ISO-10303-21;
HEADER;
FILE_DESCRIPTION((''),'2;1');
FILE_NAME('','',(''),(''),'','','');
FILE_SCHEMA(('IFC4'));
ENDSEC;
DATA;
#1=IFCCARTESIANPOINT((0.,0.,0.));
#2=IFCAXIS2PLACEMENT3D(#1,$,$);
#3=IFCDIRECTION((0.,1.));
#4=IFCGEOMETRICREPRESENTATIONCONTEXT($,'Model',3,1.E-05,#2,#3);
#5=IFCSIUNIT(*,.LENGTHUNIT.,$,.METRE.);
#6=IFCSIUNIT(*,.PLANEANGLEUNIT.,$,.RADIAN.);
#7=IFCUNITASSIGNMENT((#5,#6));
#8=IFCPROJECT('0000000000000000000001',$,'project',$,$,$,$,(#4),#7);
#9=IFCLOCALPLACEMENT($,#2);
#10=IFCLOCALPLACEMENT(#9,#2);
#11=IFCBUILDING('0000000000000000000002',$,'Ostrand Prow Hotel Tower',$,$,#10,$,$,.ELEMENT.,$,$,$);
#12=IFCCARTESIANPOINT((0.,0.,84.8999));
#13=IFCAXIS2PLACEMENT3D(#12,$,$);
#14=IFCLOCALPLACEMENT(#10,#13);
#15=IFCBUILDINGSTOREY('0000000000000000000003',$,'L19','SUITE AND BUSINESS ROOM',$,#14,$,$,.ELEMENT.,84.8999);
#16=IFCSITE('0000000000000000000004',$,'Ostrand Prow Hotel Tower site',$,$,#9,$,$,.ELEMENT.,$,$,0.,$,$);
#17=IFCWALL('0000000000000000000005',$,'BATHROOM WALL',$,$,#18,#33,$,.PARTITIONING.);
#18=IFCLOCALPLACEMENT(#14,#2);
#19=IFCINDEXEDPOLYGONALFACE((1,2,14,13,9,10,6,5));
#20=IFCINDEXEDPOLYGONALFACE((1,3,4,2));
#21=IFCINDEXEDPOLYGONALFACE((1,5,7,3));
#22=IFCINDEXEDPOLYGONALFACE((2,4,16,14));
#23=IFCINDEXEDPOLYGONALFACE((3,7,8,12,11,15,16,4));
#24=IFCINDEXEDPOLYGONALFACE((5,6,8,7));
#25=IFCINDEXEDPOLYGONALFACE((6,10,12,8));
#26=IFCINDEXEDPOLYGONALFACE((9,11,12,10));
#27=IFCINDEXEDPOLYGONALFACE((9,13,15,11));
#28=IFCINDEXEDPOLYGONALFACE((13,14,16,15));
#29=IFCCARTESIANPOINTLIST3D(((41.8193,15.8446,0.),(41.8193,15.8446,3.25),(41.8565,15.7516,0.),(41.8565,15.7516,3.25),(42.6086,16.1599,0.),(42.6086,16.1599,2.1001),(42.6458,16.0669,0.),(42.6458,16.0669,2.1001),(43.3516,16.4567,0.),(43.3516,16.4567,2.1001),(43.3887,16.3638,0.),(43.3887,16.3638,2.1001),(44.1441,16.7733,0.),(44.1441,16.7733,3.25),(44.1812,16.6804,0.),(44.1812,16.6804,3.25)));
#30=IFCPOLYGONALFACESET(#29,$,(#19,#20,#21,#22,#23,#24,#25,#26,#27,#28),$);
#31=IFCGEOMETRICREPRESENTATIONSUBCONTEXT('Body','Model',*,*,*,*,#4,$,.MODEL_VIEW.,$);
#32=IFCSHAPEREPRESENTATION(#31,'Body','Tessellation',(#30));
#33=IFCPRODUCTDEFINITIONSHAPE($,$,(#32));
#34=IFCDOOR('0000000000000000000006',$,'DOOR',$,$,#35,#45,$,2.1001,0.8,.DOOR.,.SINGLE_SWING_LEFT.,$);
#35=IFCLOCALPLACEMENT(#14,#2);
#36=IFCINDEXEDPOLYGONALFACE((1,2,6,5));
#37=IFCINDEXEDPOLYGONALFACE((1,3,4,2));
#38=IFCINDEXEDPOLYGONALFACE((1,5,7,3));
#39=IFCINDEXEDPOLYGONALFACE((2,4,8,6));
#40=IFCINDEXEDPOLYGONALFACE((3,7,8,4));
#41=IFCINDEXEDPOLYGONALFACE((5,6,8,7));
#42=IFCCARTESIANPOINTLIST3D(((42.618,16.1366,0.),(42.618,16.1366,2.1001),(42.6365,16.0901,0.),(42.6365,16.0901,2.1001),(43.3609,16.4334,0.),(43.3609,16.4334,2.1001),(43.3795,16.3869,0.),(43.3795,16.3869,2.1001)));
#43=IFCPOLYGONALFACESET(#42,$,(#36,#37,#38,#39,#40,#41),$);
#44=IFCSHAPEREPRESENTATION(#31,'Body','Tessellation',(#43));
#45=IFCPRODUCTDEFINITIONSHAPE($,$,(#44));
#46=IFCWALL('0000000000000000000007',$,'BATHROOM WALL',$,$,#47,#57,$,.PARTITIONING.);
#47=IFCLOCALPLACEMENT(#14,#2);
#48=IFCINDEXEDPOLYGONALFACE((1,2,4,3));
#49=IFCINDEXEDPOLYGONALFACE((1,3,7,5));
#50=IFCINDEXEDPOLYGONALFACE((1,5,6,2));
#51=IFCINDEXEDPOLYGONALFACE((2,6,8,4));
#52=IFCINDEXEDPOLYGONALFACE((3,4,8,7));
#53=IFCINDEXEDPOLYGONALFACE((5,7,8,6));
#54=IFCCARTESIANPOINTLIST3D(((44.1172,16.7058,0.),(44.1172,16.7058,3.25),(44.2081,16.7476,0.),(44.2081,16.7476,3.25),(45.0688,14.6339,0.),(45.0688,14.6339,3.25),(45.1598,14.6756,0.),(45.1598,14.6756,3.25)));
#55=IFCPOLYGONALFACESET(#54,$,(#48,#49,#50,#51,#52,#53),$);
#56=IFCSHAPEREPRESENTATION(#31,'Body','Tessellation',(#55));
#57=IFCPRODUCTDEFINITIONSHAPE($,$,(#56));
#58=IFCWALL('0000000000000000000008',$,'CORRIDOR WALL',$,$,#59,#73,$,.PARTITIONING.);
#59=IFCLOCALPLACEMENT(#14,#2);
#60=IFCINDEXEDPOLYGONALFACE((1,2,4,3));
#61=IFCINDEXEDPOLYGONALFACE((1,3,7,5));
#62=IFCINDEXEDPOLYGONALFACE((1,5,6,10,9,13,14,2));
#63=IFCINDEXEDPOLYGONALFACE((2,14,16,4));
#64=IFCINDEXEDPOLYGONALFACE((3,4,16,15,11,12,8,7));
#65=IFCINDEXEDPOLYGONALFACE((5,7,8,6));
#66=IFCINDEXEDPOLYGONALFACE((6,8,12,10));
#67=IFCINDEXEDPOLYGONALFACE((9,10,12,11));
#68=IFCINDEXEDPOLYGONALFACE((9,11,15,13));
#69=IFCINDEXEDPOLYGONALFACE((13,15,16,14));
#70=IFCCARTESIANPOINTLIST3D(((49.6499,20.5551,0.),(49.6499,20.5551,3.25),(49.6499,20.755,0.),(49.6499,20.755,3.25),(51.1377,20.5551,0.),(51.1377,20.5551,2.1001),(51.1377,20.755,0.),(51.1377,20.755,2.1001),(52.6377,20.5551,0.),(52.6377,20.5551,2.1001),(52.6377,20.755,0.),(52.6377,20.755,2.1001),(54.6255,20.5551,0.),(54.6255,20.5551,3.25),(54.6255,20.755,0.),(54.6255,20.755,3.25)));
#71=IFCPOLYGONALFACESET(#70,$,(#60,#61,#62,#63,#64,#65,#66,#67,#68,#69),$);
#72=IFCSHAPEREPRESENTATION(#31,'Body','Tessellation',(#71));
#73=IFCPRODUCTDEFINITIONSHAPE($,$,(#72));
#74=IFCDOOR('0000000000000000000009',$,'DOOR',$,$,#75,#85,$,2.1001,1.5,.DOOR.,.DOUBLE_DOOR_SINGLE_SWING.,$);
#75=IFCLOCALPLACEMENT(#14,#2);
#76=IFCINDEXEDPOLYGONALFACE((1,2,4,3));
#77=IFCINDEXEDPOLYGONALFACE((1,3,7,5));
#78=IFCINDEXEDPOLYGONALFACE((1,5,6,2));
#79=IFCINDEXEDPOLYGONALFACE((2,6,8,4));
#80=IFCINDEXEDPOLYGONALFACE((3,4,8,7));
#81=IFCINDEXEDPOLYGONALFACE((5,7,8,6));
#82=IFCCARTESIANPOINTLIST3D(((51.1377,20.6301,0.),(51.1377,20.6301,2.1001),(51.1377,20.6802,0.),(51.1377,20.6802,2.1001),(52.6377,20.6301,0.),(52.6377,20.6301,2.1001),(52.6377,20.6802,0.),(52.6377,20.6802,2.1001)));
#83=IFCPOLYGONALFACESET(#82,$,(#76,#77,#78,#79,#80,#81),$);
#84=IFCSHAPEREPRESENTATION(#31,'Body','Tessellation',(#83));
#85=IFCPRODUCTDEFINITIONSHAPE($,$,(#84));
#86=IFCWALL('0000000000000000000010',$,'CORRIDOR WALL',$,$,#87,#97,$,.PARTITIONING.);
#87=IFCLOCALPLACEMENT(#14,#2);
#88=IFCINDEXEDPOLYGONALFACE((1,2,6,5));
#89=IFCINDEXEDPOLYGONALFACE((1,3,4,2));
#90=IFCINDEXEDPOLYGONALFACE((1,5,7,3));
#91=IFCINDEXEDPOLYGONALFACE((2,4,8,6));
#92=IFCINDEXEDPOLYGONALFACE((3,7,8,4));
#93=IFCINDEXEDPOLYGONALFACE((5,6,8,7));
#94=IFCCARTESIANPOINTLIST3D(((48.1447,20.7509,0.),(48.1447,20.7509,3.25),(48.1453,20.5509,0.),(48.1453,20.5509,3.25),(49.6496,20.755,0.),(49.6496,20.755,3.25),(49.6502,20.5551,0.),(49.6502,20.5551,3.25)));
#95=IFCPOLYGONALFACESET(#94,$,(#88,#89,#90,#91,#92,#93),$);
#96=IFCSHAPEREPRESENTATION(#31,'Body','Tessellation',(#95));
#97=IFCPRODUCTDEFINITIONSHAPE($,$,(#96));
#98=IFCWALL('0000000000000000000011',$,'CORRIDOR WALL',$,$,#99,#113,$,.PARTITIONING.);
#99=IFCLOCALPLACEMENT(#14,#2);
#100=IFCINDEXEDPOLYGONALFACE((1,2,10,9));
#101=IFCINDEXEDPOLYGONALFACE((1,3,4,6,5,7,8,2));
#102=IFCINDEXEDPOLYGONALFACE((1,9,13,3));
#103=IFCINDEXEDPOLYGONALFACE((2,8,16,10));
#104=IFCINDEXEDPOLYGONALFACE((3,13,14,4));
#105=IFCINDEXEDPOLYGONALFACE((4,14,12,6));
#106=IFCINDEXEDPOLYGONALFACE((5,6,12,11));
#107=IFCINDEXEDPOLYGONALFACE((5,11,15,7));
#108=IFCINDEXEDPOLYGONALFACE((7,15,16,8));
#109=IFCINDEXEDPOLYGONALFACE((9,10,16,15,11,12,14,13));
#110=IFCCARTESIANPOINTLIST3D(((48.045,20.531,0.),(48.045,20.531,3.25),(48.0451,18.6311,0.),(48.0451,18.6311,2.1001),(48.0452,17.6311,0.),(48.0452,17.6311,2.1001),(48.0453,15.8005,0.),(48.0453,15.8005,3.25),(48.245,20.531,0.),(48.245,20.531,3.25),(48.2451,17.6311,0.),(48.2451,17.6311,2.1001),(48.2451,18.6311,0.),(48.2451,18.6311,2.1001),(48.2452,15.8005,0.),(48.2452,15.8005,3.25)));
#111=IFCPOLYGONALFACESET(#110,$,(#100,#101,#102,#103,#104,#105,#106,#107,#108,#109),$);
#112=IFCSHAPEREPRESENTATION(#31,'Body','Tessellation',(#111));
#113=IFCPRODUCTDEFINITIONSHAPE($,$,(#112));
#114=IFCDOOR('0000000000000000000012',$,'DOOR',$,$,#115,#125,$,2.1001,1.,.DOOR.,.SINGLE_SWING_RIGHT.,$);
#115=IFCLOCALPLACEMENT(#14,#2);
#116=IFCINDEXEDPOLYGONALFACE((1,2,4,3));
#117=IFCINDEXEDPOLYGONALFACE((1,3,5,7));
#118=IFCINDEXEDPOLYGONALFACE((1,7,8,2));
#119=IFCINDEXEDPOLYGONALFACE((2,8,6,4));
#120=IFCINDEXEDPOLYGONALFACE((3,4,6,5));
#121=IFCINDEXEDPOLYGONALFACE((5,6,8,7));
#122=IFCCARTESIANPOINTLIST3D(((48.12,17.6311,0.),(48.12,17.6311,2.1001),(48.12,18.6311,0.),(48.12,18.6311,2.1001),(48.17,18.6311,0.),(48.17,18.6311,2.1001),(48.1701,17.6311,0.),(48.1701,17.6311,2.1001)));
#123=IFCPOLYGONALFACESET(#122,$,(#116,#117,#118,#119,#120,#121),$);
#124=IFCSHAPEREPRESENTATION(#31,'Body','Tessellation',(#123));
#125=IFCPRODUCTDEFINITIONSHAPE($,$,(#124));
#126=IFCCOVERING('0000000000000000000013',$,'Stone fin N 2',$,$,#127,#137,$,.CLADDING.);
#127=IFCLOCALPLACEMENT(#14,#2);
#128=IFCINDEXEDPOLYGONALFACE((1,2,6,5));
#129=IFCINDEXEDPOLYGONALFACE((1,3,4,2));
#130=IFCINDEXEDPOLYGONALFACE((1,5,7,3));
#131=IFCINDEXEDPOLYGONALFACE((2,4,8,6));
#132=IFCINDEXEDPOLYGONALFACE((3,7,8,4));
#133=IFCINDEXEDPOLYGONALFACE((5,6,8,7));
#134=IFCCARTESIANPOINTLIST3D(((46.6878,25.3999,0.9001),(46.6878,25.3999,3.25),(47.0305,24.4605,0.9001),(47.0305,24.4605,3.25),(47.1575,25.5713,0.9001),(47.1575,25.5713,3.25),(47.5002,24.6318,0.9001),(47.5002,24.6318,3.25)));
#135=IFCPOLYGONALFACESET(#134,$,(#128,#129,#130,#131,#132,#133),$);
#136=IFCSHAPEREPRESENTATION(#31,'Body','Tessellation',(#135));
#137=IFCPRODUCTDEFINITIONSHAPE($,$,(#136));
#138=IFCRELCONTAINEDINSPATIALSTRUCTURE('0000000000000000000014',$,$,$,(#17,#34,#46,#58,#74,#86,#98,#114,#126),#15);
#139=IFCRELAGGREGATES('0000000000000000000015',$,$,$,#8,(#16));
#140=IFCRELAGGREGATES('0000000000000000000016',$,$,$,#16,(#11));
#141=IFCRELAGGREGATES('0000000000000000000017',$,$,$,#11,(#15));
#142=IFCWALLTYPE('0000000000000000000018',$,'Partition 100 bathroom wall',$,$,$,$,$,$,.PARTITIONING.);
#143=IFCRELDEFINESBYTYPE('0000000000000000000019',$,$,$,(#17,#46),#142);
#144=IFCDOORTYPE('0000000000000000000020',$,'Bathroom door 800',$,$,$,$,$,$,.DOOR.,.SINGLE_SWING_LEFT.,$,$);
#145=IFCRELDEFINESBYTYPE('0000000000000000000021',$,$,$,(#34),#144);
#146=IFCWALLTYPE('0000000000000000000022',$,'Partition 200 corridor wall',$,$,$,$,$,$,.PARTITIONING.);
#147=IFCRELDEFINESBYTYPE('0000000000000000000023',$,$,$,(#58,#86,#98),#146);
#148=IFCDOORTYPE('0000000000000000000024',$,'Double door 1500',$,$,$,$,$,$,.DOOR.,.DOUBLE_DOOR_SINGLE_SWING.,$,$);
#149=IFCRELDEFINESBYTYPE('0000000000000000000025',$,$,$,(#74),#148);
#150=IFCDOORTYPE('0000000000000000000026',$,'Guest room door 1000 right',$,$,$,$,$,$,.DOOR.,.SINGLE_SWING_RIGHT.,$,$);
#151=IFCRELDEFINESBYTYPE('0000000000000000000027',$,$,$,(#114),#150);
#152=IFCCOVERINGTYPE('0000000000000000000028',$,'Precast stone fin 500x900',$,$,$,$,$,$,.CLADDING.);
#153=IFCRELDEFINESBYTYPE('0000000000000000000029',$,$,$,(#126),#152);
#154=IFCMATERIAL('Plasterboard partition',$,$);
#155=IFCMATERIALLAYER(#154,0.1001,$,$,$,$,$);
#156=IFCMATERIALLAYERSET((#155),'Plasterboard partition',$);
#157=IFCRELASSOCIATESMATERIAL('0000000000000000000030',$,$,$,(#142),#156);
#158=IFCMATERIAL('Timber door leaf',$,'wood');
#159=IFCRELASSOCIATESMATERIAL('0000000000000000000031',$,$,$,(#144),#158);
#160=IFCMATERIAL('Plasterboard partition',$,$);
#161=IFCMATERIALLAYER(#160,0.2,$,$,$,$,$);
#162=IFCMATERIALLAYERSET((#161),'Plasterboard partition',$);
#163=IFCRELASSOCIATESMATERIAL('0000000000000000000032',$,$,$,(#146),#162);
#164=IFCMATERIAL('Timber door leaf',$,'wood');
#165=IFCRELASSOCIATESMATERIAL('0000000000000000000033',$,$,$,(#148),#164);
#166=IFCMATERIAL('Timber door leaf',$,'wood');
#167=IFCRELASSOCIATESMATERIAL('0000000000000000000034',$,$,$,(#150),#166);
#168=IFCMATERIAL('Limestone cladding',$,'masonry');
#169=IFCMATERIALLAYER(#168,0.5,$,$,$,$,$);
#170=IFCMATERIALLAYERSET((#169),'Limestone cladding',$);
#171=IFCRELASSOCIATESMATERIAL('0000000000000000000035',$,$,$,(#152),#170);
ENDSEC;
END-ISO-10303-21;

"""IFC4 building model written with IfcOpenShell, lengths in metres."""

from ifc_helpers import new_model, si_unit, direction, frame, frame_2d, origin, place, context, subcontext, project, spatial, rectangle, extrude, material, layer, layer_set, type_object, element, fill, save


model = new_model("IFC4")

# Units and contexts
model_context = context("Model", 3, precision=1e-05, world=origin(), true_north=direction((0.0, 1.0)))
body_context = subcontext(model_context, "Body", "Model", "MODEL_VIEW")
ifc_project = project(units=[si_unit("LENGTHUNIT", "METRE"), si_unit("PLANEANGLEUNIT", "RADIAN")], contexts=[model_context])

# Site, building, storey
site_placement = place(None, origin())
site = spatial("IfcSite", under=ifc_project, at=site_placement, Name="Ostrand Prow Hotel Tower site", CompositionType="ELEMENT", RefElevation=0.0)
building_placement = place(site_placement, origin())
building = spatial("IfcBuilding", under=site, at=building_placement, Name="Ostrand Prow Hotel Tower", CompositionType="ELEMENT")
storey_placement = place(building_placement, frame((0.0, 0.0, 84.8999)))
storey = spatial("IfcBuildingStorey", under=building, at=storey_placement, Name="L19", Description="SUITE AND BUSINESS ROOM", CompositionType="ELEMENT", Elevation=84.8999)

# Wall, opening, door
ifc_material_1 = material(Name="Plasterboard partition")
ifc_layer_1 = layer(ifc_material_1, 0.1001)
ifc_layer_set_1 = layer_set([ifc_layer_1], Name="Plasterboard partition")
wall_type_1 = type_object("IfcWallType", Name="Partition 100 bathroom wall", PredefinedType="PARTITIONING", material=ifc_layer_set_1)
wall_1_placement = place(storey_placement, frame((41.8379, 15.7981, 0.0), z_axis=(0.0, 0.0, 1.0), x_axis=(0.928638, 0.370987, 0.0)))
wall_1 = element("IfcWall", 1, at=wall_1_placement, inside=storey, type_object=wall_type_1, Name="BATHROOM WALL", PredefinedType="PARTITIONING", context=body_context, shape_type="SweptSolid", body=[
    extrude(rectangle(XDim=2.5034, YDim=0.1001, at=frame_2d((1.2517, 0.0))), origin(), (0.0, 0.0, 1.0), 3.25),
])
opening_1_placement = place(wall_1_placement, frame((0.8501, 0.0, 0.0)))
opening_1 = element("IfcOpeningElement", 2, at=opening_1_placement, cuts=wall_1, PredefinedType="OPENING", context=body_context, shape_type="SweptSolid", body=[
    extrude(rectangle(XDim=0.8, YDim=2.1001, at=frame_2d((0.3999, 1.05))), frame((0.0, 0.0601, 0.0), z_axis=(0.0, -1.0, 0.0), x_axis=(1.0, 0.0, 0.0)), (0.0, 0.0, 1.0), 0.1201),
])
ifc_material_2 = material(Name="Timber door leaf", Category="wood")
door_type_1 = type_object("IfcDoorType", Name="Bathroom door 800", OperationType="SINGLE_SWING_LEFT", PredefinedType="DOOR", material=ifc_material_2)
door_1_placement = place(opening_1_placement, origin())
door_1 = element("IfcDoor", 3, at=door_1_placement, inside=storey, type_object=door_type_1, Name="DOOR", OperationType="SINGLE_SWING_LEFT", OverallHeight=2.1001, OverallWidth=0.8, PredefinedType="DOOR", context=body_context, shape_type="SweptSolid", body=[
    extrude(rectangle(XDim=0.8, YDim=2.1001, at=frame_2d((0.3999, 1.05))), frame((0.0, 0.0249, 0.0), z_axis=(0.0, -1.0, 0.0), x_axis=(1.0, 0.0, 0.0)), (0.0, 0.0, 1.0), 0.05),
])
fill(opening_1, door_1)

# Wall
wall_2_placement = place(storey_placement, frame((44.1626, 16.7268, 0.0), z_axis=(0.0, 0.0, 1.0), x_axis=(0.417374, -0.908735, 0.0)))
element("IfcWall", 4, at=wall_2_placement, inside=storey, type_object=wall_type_1, Name="BATHROOM WALL", PredefinedType="PARTITIONING", context=body_context, shape_type="SweptSolid", body=[
    extrude(rectangle(XDim=2.28, YDim=0.1001, at=frame_2d((1.1401, 0.0))), origin(), (0.0, 0.0, 1.0), 3.25),
])

# Wall, opening, door
ifc_material_3 = material(Name="Plasterboard partition")
ifc_layer_2 = layer(ifc_material_3, 0.2)
ifc_layer_set_2 = layer_set([ifc_layer_2], Name="Plasterboard partition")
wall_type_2 = type_object("IfcWallType", Name="Partition 200 corridor wall", PredefinedType="PARTITIONING", material=ifc_layer_set_2)
wall_3_placement = place(storey_placement, frame((54.6255, 20.655, 0.0), z_axis=(0.0, 0.0, 1.0), x_axis=(-1.0, 0.0, 0.0)))
wall_3 = element("IfcWall", 5, at=wall_3_placement, inside=storey, type_object=wall_type_2, Name="CORRIDOR WALL", PredefinedType="PARTITIONING", context=body_context, shape_type="SweptSolid", body=[
    extrude(rectangle(XDim=4.9756, YDim=0.2, at=frame_2d((2.4878, 0.0))), origin(), (0.0, 0.0, 1.0), 3.25),
])
opening_2_placement = place(wall_3_placement, frame((1.9878, 0.0, 0.0)))
opening_2 = element("IfcOpeningElement", 6, at=opening_2_placement, cuts=wall_3, PredefinedType="OPENING", context=body_context, shape_type="SweptSolid", body=[
    extrude(rectangle(XDim=1.5, YDim=2.1001, at=frame_2d((0.75, 1.05))), frame((0.0, 0.1099, 0.0), z_axis=(0.0, -1.0, 0.0), x_axis=(1.0, 0.0, 0.0)), (0.0, 0.0, 1.0), 0.22),
])
ifc_material_4 = material(Name="Timber door leaf", Category="wood")
door_type_2 = type_object("IfcDoorType", Name="Double door 1500", OperationType="DOUBLE_DOOR_SINGLE_SWING", PredefinedType="DOOR", material=ifc_material_4)
door_2_placement = place(opening_2_placement, origin())
door_2 = element("IfcDoor", 7, at=door_2_placement, inside=storey, type_object=door_type_2, Name="DOOR", OperationType="DOUBLE_DOOR_SINGLE_SWING", OverallHeight=2.1001, OverallWidth=1.5, PredefinedType="DOOR", context=body_context, shape_type="SweptSolid", body=[
    extrude(rectangle(XDim=1.5, YDim=2.1001, at=frame_2d((0.75, 1.05))), frame((0.0, 0.0249, 0.0), z_axis=(0.0, -1.0, 0.0), x_axis=(1.0, 0.0, 0.0)), (0.0, 0.0, 1.0), 0.05),
])
fill(opening_2, door_2)

# Wall
wall_4_placement = place(storey_placement, frame((49.6499, 20.655, 0.0), z_axis=(0.0, 0.0, 1.0), x_axis=(-0.999996, -0.002758, 0.0)))
element("IfcWall", 8, at=wall_4_placement, inside=storey, type_object=wall_type_2, Name="CORRIDOR WALL", PredefinedType="PARTITIONING", context=body_context, shape_type="SweptSolid", body=[
    extrude(rectangle(XDim=1.5049, YDim=0.2, at=frame_2d((0.7524, 0.0))), origin(), (0.0, 0.0, 1.0), 3.25),
])

# Wall, opening, door
wall_5_placement = place(storey_placement, frame((48.145, 20.531, 0.0), z_axis=(0.0, 0.0, 1.0), x_axis=(0.000052, -1.0, 0.0)))
wall_5 = element("IfcWall", 9, at=wall_5_placement, inside=storey, type_object=wall_type_2, Name="CORRIDOR WALL", PredefinedType="PARTITIONING", context=body_context, shape_type="SweptSolid", body=[
    extrude(rectangle(XDim=4.7305, YDim=0.2, at=frame_2d((2.3652, 0.0))), origin(), (0.0, 0.0, 1.0), 3.25),
])
opening_3_placement = place(wall_5_placement, frame((1.8999, 0.0, 0.0)))
opening_3 = element("IfcOpeningElement", 10, at=opening_3_placement, cuts=wall_5, PredefinedType="OPENING", context=body_context, shape_type="SweptSolid", body=[
    extrude(rectangle(XDim=1.0, YDim=2.1001, at=frame_2d((0.5, 1.05))), frame((0.0, 0.1099, 0.0), z_axis=(0.0, -1.0, 0.0), x_axis=(1.0, 0.0, 0.0)), (0.0, 0.0, 1.0), 0.22),
])
ifc_material_5 = material(Name="Timber door leaf", Category="wood")
door_type_3 = type_object("IfcDoorType", Name="Guest room door 1000 right", OperationType="SINGLE_SWING_RIGHT", PredefinedType="DOOR", material=ifc_material_5)
door_3_placement = place(opening_3_placement, origin())
door_3 = element("IfcDoor", 11, at=door_3_placement, inside=storey, type_object=door_type_3, Name="DOOR", OperationType="SINGLE_SWING_RIGHT", OverallHeight=2.1001, OverallWidth=1.0, PredefinedType="DOOR", context=body_context, shape_type="SweptSolid", body=[
    extrude(rectangle(XDim=1.0, YDim=2.1001, at=frame_2d((0.5, 1.05))), frame((0.0, 0.0249, 0.0), z_axis=(0.0, -1.0, 0.0), x_axis=(1.0, 0.0, 0.0)), (0.0, 0.0, 1.0), 0.05),
])
fill(opening_3, door_3)

# Covering
ifc_material_6 = material(Name="Limestone cladding", Category="masonry")
ifc_layer_3 = layer(ifc_material_6, 0.5)
ifc_layer_set_3 = layer_set([ifc_layer_3], Name="Limestone cladding")
covering_type = type_object("IfcCoveringType", Name="Precast stone fin 500x900", PredefinedType="CLADDING", material=ifc_layer_set_3)
covering_placement = place(storey_placement, frame((47.2654, 24.5461, 0.9001), z_axis=(0.0, 0.0, 1.0), x_axis=(-0.342762, 0.939422, 0.0)))
element("IfcCovering", 12, at=covering_placement, inside=storey, type_object=covering_type, Name="Stone fin N 2", PredefinedType="CLADDING", context=body_context, shape_type="SweptSolid", body=[
    extrude(rectangle(XDim=1.0, YDim=0.5, at=frame_2d((0.5, 0.0))), origin(), (0.0, 0.0, 1.0), 2.3499),
])

save(model, "model.ifc")
